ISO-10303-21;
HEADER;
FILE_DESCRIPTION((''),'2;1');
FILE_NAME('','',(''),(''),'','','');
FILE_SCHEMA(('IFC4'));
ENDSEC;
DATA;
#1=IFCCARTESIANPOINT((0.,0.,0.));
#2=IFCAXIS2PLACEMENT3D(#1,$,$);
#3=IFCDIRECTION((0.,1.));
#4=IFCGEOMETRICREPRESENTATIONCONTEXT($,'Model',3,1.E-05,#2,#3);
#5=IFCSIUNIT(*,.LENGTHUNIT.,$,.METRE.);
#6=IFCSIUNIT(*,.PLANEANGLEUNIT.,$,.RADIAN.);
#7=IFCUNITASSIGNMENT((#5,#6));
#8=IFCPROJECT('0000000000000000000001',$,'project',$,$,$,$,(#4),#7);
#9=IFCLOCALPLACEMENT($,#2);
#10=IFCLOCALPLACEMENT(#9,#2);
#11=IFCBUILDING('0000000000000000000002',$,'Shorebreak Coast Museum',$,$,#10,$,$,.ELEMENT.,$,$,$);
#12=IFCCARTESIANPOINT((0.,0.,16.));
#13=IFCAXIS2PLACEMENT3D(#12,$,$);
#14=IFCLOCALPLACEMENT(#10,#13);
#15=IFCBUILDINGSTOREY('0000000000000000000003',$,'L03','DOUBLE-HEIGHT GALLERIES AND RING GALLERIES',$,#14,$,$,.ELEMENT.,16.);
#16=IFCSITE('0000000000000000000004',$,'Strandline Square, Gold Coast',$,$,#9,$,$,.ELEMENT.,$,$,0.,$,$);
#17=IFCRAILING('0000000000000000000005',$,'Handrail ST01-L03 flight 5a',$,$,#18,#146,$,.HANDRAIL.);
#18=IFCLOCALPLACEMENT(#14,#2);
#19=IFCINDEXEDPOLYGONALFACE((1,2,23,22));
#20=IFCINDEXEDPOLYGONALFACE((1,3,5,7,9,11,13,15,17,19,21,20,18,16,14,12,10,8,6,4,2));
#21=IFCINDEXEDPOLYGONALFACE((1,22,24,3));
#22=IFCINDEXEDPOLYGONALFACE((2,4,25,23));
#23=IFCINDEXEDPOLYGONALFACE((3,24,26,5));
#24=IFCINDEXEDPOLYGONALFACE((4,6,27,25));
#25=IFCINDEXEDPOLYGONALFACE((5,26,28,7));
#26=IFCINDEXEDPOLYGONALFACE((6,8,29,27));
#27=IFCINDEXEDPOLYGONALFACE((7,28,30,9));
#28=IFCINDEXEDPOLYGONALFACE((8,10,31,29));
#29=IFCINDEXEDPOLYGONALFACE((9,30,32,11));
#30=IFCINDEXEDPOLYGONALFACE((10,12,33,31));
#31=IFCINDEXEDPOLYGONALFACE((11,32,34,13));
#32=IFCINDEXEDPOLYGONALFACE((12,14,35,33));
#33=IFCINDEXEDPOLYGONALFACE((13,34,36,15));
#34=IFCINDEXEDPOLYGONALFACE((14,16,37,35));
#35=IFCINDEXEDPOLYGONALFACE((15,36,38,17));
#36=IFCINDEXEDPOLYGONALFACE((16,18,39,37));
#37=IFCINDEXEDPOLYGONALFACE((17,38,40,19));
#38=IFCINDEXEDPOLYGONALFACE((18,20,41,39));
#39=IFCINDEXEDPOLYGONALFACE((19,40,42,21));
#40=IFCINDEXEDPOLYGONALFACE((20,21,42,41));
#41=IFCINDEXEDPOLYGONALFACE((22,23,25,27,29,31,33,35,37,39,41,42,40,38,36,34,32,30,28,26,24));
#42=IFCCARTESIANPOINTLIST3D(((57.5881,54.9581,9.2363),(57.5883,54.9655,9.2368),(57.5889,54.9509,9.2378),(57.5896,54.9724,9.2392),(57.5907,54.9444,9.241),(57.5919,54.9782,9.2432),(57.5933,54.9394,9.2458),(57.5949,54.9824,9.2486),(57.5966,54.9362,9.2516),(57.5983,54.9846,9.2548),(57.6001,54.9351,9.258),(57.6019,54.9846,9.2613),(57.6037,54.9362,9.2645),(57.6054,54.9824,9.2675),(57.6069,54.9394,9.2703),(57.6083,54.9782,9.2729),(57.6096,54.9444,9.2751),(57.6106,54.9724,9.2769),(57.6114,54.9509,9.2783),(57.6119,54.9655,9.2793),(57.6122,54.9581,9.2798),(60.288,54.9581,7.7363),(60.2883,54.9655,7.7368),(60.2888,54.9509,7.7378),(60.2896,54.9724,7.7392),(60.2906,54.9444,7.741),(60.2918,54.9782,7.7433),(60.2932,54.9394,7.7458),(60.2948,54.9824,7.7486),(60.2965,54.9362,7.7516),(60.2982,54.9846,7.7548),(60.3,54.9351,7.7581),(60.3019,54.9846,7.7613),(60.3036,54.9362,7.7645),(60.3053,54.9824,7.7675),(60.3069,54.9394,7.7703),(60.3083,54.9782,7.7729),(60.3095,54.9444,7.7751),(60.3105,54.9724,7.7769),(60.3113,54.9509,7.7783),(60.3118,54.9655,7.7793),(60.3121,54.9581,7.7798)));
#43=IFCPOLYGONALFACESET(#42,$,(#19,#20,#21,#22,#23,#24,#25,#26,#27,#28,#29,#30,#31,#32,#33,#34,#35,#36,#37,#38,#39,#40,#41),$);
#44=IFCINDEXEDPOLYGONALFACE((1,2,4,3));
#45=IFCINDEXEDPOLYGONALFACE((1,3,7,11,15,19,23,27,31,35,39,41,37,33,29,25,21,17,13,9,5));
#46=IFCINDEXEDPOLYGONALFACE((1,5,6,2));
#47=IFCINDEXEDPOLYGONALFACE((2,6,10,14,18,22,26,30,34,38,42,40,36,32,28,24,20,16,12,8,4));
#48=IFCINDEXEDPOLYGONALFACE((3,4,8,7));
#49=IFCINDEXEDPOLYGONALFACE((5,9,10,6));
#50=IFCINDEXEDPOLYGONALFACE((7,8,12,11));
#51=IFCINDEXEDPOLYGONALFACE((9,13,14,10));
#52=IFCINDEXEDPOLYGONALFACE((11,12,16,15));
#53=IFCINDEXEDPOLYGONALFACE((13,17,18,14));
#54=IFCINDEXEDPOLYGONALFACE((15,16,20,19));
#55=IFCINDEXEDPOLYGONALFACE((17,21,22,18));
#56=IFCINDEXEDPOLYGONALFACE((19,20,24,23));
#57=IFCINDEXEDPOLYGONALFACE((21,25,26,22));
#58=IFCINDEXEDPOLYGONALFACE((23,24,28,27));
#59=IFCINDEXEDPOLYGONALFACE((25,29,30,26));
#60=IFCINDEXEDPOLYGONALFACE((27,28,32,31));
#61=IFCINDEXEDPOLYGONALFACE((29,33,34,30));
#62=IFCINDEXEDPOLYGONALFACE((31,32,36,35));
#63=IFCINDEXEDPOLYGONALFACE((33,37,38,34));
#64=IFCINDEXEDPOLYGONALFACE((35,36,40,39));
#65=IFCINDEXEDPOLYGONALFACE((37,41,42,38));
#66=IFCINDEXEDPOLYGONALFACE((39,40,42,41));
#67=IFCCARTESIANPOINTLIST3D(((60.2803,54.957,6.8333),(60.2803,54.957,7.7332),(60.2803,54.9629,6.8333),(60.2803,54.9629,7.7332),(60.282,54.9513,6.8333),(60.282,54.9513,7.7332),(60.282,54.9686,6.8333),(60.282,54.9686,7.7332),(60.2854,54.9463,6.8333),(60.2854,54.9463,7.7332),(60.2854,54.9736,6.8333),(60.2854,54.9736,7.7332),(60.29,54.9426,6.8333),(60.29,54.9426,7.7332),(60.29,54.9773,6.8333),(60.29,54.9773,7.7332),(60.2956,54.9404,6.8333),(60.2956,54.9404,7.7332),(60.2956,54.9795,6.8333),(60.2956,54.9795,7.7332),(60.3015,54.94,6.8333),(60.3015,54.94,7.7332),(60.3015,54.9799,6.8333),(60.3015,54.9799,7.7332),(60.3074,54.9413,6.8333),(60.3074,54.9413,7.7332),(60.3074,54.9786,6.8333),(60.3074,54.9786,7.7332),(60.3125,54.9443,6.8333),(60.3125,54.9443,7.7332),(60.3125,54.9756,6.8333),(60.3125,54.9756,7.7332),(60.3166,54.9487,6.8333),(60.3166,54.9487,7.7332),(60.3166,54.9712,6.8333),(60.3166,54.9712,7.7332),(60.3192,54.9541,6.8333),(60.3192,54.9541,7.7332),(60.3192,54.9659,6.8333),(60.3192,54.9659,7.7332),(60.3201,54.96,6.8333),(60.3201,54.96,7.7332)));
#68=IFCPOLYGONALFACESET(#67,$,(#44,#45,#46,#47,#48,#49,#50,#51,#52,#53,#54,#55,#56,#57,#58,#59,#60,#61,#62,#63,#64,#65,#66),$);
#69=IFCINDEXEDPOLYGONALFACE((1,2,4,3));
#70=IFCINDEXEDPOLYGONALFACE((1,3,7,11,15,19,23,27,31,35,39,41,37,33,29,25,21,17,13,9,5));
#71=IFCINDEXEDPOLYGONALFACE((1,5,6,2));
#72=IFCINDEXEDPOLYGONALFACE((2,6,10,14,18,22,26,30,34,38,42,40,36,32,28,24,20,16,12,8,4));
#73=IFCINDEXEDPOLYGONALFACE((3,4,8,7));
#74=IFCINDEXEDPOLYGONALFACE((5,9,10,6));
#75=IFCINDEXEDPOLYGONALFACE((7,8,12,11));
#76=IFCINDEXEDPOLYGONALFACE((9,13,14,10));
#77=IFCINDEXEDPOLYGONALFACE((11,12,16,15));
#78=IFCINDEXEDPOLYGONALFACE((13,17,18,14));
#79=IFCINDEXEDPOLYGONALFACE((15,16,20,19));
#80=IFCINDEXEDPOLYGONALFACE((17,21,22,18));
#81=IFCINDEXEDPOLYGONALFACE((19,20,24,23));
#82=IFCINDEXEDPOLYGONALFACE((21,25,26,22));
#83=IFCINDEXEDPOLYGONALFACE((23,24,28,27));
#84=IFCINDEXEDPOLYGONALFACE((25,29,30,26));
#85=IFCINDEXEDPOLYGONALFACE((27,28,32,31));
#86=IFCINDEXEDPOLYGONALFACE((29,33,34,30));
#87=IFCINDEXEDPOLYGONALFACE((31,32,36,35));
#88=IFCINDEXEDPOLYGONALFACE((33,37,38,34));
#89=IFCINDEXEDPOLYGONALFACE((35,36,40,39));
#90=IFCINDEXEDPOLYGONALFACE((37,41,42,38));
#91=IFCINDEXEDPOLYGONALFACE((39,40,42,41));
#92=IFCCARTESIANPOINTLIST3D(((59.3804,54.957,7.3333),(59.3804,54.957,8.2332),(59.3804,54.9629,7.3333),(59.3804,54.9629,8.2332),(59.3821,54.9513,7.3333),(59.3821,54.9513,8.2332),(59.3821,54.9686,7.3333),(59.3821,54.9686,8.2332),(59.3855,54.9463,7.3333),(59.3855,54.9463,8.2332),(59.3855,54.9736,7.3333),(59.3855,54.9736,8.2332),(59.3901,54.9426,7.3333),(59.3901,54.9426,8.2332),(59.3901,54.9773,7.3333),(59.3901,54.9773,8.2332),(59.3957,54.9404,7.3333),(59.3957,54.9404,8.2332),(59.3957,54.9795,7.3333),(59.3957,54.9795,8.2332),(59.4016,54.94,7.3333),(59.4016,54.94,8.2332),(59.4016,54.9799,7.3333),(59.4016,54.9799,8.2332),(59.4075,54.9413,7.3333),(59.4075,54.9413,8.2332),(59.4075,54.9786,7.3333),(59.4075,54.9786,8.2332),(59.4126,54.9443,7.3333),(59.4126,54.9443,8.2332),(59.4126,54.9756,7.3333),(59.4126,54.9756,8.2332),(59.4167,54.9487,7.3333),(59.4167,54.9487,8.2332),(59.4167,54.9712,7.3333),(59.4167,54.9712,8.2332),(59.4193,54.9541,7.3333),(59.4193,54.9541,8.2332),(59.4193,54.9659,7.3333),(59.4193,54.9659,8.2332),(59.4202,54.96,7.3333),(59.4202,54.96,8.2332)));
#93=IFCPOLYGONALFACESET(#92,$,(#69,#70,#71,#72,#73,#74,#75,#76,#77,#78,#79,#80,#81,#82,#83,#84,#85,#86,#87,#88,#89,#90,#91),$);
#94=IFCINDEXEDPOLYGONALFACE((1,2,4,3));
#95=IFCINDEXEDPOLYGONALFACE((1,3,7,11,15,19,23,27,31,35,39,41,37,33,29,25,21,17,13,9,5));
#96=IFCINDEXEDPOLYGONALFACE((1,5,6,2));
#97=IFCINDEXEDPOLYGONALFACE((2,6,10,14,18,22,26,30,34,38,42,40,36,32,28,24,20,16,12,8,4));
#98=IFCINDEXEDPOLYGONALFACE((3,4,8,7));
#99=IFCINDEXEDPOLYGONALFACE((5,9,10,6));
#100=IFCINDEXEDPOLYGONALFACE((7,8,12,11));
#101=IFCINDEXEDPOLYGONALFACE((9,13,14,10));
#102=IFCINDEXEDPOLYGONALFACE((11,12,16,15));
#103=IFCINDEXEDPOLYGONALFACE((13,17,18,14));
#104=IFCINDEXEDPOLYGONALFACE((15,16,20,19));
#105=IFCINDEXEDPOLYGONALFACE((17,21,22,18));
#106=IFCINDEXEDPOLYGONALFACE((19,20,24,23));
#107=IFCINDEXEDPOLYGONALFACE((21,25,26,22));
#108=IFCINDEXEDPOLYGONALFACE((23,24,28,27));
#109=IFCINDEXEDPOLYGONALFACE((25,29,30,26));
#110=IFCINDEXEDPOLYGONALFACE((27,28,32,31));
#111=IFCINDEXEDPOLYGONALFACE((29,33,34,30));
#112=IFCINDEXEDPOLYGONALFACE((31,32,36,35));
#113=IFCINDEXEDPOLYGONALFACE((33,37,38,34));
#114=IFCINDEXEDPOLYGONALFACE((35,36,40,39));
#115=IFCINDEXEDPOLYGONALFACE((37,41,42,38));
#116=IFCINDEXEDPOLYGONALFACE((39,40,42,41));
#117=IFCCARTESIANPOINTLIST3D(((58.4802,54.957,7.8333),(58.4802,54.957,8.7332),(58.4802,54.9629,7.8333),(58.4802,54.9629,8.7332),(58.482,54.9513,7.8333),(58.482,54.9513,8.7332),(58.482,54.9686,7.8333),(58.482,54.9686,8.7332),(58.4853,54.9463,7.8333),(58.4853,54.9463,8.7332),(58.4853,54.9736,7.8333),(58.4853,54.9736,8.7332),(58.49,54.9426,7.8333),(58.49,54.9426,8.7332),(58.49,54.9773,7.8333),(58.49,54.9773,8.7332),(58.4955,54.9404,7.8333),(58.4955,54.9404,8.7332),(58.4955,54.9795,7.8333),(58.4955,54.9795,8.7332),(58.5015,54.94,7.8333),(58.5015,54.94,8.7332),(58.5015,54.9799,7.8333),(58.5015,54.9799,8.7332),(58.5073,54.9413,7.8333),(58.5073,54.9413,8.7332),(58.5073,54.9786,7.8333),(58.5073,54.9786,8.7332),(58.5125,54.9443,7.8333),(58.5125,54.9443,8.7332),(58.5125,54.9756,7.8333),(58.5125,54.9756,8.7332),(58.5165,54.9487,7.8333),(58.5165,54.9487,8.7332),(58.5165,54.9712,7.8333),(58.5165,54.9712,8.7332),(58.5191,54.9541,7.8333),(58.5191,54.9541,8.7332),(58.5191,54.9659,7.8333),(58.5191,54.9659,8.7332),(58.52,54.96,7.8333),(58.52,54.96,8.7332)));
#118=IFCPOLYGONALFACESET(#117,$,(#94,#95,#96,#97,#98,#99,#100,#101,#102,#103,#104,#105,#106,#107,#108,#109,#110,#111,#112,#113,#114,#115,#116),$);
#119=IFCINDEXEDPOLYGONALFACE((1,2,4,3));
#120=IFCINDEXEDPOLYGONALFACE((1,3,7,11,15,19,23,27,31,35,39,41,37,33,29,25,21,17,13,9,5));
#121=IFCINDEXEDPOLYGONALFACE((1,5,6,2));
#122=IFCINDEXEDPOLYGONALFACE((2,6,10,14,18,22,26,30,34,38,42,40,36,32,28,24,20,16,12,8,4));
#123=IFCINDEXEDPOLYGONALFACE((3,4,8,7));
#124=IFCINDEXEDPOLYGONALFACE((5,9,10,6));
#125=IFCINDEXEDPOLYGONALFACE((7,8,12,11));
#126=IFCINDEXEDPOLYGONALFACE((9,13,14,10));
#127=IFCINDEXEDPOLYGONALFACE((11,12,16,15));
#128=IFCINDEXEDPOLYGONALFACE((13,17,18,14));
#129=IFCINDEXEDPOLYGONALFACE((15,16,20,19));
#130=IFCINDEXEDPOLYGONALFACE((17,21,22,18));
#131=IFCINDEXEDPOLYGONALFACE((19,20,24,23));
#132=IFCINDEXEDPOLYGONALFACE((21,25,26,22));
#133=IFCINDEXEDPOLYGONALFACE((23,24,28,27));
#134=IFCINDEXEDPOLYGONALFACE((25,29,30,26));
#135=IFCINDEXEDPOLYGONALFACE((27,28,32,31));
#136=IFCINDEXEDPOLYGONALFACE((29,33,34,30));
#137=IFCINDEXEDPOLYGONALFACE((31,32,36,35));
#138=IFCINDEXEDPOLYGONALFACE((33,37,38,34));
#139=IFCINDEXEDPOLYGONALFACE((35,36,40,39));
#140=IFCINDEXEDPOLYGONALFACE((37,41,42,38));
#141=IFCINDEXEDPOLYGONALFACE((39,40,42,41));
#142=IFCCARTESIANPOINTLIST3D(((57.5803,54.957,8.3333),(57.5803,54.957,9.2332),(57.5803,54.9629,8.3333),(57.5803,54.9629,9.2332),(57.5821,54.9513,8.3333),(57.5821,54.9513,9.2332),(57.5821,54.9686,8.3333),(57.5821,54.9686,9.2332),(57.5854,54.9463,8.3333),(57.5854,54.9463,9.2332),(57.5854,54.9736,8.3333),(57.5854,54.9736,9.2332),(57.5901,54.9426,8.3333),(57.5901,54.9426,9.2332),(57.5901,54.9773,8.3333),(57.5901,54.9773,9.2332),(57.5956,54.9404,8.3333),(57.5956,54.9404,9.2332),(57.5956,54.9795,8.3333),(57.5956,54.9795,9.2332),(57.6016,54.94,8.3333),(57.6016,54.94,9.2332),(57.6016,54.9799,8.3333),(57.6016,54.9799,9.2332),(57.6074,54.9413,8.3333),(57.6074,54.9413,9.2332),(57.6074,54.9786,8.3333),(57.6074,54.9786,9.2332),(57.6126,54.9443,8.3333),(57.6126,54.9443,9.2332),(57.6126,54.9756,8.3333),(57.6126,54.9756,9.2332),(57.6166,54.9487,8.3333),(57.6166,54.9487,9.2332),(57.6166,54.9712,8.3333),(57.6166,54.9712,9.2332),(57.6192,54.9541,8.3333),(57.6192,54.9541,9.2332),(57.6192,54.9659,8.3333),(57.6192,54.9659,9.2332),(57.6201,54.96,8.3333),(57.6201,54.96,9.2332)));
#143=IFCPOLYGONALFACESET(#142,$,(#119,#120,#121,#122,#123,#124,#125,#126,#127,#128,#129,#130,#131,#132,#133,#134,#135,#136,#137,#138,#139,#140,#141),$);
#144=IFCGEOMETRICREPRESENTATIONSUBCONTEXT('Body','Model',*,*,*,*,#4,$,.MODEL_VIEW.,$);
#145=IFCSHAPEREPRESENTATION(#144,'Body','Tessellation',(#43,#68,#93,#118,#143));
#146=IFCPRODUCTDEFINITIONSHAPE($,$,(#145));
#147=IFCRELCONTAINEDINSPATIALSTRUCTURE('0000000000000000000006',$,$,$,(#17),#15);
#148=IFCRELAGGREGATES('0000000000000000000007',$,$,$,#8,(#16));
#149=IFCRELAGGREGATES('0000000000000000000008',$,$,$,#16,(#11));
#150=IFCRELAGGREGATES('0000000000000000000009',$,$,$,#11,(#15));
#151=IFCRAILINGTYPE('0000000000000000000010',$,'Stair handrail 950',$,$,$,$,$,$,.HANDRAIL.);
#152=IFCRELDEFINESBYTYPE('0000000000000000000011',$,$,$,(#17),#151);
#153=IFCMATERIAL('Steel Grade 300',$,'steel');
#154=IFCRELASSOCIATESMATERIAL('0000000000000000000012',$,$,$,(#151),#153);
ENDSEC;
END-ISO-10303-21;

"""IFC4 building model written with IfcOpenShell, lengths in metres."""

from ifc_helpers import new_model, si_unit, direction, frame, origin, origin_2d, place, context, subcontext, project, spatial, circle, extrude, material, type_object, element, save


model = new_model("IFC4")

# Units and contexts
model_context = context("Model", 3, precision=1e-05, world=origin(), true_north=direction((0.0, 1.0)))
body_context = subcontext(model_context, "Body", "Model", "MODEL_VIEW")
ifc_project = project(units=[si_unit("LENGTHUNIT", "METRE"), si_unit("PLANEANGLEUNIT", "RADIAN")], contexts=[model_context])

# Site, building, storey
site_placement = place(None, origin())
site = spatial("IfcSite", under=ifc_project, at=site_placement, Name="Strandline Square, Gold Coast", CompositionType="ELEMENT", RefElevation=0.0)
building_placement = place(site_placement, origin())
building = spatial("IfcBuilding", under=site, at=building_placement, Name="Shorebreak Coast Museum", CompositionType="ELEMENT")
storey_placement = place(building_placement, frame((0.0, 0.0, 16.0)))
storey = spatial("IfcBuildingStorey", under=building, at=storey_placement, Name="L03", Description="DOUBLE-HEIGHT GALLERIES AND RING GALLERIES", CompositionType="ELEMENT", Elevation=16.0)

# Railing
ifc_material_1 = material(Name="Steel Grade 300", Category="steel")
railing_type_1 = type_object("IfcRailingType", Name="Stair handrail 950", PredefinedType="HANDRAIL", material=ifc_material_1)
for number, where, name in (
    (1, (60.3, 54.96, 6.8333), "Handrail ST01-L03 flight 5a"),
):
    element("IfcRailing", number, at=place(storey_placement, frame(where)), inside=storey, type_object=railing_type_1, Name=name, PredefinedType="HANDRAIL", context=body_context, shape_type="SweptSolid", body=[
        extrude(circle(Radius=0.0249, at=origin_2d()), frame((0.0, 0.0, 0.9248), z_axis=(-0.874154, 0.0, 0.48565), x_axis=(0.0, -1.0, 0.0)), (0.0, 0.0, 1.0), 3.0886),
        extrude(circle(Radius=0.02, at=origin_2d()), origin(), (0.0, 0.0, 1.0), 0.8999),
        extrude(circle(Radius=0.02, at=origin_2d()), frame((-0.8999, 0.0, 0.5)), (0.0, 0.0, 1.0), 0.8999),
        extrude(circle(Radius=0.02, at=origin_2d()), frame((-1.8, 0.0, 1.0)), (0.0, 0.0, 1.0), 0.8999),
        extrude(circle(Radius=0.02, at=origin_2d()), frame((-2.7, 0.0, 1.5)), (0.0, 0.0, 1.0), 0.8999),
    ])

save(model, "model.ifc")
